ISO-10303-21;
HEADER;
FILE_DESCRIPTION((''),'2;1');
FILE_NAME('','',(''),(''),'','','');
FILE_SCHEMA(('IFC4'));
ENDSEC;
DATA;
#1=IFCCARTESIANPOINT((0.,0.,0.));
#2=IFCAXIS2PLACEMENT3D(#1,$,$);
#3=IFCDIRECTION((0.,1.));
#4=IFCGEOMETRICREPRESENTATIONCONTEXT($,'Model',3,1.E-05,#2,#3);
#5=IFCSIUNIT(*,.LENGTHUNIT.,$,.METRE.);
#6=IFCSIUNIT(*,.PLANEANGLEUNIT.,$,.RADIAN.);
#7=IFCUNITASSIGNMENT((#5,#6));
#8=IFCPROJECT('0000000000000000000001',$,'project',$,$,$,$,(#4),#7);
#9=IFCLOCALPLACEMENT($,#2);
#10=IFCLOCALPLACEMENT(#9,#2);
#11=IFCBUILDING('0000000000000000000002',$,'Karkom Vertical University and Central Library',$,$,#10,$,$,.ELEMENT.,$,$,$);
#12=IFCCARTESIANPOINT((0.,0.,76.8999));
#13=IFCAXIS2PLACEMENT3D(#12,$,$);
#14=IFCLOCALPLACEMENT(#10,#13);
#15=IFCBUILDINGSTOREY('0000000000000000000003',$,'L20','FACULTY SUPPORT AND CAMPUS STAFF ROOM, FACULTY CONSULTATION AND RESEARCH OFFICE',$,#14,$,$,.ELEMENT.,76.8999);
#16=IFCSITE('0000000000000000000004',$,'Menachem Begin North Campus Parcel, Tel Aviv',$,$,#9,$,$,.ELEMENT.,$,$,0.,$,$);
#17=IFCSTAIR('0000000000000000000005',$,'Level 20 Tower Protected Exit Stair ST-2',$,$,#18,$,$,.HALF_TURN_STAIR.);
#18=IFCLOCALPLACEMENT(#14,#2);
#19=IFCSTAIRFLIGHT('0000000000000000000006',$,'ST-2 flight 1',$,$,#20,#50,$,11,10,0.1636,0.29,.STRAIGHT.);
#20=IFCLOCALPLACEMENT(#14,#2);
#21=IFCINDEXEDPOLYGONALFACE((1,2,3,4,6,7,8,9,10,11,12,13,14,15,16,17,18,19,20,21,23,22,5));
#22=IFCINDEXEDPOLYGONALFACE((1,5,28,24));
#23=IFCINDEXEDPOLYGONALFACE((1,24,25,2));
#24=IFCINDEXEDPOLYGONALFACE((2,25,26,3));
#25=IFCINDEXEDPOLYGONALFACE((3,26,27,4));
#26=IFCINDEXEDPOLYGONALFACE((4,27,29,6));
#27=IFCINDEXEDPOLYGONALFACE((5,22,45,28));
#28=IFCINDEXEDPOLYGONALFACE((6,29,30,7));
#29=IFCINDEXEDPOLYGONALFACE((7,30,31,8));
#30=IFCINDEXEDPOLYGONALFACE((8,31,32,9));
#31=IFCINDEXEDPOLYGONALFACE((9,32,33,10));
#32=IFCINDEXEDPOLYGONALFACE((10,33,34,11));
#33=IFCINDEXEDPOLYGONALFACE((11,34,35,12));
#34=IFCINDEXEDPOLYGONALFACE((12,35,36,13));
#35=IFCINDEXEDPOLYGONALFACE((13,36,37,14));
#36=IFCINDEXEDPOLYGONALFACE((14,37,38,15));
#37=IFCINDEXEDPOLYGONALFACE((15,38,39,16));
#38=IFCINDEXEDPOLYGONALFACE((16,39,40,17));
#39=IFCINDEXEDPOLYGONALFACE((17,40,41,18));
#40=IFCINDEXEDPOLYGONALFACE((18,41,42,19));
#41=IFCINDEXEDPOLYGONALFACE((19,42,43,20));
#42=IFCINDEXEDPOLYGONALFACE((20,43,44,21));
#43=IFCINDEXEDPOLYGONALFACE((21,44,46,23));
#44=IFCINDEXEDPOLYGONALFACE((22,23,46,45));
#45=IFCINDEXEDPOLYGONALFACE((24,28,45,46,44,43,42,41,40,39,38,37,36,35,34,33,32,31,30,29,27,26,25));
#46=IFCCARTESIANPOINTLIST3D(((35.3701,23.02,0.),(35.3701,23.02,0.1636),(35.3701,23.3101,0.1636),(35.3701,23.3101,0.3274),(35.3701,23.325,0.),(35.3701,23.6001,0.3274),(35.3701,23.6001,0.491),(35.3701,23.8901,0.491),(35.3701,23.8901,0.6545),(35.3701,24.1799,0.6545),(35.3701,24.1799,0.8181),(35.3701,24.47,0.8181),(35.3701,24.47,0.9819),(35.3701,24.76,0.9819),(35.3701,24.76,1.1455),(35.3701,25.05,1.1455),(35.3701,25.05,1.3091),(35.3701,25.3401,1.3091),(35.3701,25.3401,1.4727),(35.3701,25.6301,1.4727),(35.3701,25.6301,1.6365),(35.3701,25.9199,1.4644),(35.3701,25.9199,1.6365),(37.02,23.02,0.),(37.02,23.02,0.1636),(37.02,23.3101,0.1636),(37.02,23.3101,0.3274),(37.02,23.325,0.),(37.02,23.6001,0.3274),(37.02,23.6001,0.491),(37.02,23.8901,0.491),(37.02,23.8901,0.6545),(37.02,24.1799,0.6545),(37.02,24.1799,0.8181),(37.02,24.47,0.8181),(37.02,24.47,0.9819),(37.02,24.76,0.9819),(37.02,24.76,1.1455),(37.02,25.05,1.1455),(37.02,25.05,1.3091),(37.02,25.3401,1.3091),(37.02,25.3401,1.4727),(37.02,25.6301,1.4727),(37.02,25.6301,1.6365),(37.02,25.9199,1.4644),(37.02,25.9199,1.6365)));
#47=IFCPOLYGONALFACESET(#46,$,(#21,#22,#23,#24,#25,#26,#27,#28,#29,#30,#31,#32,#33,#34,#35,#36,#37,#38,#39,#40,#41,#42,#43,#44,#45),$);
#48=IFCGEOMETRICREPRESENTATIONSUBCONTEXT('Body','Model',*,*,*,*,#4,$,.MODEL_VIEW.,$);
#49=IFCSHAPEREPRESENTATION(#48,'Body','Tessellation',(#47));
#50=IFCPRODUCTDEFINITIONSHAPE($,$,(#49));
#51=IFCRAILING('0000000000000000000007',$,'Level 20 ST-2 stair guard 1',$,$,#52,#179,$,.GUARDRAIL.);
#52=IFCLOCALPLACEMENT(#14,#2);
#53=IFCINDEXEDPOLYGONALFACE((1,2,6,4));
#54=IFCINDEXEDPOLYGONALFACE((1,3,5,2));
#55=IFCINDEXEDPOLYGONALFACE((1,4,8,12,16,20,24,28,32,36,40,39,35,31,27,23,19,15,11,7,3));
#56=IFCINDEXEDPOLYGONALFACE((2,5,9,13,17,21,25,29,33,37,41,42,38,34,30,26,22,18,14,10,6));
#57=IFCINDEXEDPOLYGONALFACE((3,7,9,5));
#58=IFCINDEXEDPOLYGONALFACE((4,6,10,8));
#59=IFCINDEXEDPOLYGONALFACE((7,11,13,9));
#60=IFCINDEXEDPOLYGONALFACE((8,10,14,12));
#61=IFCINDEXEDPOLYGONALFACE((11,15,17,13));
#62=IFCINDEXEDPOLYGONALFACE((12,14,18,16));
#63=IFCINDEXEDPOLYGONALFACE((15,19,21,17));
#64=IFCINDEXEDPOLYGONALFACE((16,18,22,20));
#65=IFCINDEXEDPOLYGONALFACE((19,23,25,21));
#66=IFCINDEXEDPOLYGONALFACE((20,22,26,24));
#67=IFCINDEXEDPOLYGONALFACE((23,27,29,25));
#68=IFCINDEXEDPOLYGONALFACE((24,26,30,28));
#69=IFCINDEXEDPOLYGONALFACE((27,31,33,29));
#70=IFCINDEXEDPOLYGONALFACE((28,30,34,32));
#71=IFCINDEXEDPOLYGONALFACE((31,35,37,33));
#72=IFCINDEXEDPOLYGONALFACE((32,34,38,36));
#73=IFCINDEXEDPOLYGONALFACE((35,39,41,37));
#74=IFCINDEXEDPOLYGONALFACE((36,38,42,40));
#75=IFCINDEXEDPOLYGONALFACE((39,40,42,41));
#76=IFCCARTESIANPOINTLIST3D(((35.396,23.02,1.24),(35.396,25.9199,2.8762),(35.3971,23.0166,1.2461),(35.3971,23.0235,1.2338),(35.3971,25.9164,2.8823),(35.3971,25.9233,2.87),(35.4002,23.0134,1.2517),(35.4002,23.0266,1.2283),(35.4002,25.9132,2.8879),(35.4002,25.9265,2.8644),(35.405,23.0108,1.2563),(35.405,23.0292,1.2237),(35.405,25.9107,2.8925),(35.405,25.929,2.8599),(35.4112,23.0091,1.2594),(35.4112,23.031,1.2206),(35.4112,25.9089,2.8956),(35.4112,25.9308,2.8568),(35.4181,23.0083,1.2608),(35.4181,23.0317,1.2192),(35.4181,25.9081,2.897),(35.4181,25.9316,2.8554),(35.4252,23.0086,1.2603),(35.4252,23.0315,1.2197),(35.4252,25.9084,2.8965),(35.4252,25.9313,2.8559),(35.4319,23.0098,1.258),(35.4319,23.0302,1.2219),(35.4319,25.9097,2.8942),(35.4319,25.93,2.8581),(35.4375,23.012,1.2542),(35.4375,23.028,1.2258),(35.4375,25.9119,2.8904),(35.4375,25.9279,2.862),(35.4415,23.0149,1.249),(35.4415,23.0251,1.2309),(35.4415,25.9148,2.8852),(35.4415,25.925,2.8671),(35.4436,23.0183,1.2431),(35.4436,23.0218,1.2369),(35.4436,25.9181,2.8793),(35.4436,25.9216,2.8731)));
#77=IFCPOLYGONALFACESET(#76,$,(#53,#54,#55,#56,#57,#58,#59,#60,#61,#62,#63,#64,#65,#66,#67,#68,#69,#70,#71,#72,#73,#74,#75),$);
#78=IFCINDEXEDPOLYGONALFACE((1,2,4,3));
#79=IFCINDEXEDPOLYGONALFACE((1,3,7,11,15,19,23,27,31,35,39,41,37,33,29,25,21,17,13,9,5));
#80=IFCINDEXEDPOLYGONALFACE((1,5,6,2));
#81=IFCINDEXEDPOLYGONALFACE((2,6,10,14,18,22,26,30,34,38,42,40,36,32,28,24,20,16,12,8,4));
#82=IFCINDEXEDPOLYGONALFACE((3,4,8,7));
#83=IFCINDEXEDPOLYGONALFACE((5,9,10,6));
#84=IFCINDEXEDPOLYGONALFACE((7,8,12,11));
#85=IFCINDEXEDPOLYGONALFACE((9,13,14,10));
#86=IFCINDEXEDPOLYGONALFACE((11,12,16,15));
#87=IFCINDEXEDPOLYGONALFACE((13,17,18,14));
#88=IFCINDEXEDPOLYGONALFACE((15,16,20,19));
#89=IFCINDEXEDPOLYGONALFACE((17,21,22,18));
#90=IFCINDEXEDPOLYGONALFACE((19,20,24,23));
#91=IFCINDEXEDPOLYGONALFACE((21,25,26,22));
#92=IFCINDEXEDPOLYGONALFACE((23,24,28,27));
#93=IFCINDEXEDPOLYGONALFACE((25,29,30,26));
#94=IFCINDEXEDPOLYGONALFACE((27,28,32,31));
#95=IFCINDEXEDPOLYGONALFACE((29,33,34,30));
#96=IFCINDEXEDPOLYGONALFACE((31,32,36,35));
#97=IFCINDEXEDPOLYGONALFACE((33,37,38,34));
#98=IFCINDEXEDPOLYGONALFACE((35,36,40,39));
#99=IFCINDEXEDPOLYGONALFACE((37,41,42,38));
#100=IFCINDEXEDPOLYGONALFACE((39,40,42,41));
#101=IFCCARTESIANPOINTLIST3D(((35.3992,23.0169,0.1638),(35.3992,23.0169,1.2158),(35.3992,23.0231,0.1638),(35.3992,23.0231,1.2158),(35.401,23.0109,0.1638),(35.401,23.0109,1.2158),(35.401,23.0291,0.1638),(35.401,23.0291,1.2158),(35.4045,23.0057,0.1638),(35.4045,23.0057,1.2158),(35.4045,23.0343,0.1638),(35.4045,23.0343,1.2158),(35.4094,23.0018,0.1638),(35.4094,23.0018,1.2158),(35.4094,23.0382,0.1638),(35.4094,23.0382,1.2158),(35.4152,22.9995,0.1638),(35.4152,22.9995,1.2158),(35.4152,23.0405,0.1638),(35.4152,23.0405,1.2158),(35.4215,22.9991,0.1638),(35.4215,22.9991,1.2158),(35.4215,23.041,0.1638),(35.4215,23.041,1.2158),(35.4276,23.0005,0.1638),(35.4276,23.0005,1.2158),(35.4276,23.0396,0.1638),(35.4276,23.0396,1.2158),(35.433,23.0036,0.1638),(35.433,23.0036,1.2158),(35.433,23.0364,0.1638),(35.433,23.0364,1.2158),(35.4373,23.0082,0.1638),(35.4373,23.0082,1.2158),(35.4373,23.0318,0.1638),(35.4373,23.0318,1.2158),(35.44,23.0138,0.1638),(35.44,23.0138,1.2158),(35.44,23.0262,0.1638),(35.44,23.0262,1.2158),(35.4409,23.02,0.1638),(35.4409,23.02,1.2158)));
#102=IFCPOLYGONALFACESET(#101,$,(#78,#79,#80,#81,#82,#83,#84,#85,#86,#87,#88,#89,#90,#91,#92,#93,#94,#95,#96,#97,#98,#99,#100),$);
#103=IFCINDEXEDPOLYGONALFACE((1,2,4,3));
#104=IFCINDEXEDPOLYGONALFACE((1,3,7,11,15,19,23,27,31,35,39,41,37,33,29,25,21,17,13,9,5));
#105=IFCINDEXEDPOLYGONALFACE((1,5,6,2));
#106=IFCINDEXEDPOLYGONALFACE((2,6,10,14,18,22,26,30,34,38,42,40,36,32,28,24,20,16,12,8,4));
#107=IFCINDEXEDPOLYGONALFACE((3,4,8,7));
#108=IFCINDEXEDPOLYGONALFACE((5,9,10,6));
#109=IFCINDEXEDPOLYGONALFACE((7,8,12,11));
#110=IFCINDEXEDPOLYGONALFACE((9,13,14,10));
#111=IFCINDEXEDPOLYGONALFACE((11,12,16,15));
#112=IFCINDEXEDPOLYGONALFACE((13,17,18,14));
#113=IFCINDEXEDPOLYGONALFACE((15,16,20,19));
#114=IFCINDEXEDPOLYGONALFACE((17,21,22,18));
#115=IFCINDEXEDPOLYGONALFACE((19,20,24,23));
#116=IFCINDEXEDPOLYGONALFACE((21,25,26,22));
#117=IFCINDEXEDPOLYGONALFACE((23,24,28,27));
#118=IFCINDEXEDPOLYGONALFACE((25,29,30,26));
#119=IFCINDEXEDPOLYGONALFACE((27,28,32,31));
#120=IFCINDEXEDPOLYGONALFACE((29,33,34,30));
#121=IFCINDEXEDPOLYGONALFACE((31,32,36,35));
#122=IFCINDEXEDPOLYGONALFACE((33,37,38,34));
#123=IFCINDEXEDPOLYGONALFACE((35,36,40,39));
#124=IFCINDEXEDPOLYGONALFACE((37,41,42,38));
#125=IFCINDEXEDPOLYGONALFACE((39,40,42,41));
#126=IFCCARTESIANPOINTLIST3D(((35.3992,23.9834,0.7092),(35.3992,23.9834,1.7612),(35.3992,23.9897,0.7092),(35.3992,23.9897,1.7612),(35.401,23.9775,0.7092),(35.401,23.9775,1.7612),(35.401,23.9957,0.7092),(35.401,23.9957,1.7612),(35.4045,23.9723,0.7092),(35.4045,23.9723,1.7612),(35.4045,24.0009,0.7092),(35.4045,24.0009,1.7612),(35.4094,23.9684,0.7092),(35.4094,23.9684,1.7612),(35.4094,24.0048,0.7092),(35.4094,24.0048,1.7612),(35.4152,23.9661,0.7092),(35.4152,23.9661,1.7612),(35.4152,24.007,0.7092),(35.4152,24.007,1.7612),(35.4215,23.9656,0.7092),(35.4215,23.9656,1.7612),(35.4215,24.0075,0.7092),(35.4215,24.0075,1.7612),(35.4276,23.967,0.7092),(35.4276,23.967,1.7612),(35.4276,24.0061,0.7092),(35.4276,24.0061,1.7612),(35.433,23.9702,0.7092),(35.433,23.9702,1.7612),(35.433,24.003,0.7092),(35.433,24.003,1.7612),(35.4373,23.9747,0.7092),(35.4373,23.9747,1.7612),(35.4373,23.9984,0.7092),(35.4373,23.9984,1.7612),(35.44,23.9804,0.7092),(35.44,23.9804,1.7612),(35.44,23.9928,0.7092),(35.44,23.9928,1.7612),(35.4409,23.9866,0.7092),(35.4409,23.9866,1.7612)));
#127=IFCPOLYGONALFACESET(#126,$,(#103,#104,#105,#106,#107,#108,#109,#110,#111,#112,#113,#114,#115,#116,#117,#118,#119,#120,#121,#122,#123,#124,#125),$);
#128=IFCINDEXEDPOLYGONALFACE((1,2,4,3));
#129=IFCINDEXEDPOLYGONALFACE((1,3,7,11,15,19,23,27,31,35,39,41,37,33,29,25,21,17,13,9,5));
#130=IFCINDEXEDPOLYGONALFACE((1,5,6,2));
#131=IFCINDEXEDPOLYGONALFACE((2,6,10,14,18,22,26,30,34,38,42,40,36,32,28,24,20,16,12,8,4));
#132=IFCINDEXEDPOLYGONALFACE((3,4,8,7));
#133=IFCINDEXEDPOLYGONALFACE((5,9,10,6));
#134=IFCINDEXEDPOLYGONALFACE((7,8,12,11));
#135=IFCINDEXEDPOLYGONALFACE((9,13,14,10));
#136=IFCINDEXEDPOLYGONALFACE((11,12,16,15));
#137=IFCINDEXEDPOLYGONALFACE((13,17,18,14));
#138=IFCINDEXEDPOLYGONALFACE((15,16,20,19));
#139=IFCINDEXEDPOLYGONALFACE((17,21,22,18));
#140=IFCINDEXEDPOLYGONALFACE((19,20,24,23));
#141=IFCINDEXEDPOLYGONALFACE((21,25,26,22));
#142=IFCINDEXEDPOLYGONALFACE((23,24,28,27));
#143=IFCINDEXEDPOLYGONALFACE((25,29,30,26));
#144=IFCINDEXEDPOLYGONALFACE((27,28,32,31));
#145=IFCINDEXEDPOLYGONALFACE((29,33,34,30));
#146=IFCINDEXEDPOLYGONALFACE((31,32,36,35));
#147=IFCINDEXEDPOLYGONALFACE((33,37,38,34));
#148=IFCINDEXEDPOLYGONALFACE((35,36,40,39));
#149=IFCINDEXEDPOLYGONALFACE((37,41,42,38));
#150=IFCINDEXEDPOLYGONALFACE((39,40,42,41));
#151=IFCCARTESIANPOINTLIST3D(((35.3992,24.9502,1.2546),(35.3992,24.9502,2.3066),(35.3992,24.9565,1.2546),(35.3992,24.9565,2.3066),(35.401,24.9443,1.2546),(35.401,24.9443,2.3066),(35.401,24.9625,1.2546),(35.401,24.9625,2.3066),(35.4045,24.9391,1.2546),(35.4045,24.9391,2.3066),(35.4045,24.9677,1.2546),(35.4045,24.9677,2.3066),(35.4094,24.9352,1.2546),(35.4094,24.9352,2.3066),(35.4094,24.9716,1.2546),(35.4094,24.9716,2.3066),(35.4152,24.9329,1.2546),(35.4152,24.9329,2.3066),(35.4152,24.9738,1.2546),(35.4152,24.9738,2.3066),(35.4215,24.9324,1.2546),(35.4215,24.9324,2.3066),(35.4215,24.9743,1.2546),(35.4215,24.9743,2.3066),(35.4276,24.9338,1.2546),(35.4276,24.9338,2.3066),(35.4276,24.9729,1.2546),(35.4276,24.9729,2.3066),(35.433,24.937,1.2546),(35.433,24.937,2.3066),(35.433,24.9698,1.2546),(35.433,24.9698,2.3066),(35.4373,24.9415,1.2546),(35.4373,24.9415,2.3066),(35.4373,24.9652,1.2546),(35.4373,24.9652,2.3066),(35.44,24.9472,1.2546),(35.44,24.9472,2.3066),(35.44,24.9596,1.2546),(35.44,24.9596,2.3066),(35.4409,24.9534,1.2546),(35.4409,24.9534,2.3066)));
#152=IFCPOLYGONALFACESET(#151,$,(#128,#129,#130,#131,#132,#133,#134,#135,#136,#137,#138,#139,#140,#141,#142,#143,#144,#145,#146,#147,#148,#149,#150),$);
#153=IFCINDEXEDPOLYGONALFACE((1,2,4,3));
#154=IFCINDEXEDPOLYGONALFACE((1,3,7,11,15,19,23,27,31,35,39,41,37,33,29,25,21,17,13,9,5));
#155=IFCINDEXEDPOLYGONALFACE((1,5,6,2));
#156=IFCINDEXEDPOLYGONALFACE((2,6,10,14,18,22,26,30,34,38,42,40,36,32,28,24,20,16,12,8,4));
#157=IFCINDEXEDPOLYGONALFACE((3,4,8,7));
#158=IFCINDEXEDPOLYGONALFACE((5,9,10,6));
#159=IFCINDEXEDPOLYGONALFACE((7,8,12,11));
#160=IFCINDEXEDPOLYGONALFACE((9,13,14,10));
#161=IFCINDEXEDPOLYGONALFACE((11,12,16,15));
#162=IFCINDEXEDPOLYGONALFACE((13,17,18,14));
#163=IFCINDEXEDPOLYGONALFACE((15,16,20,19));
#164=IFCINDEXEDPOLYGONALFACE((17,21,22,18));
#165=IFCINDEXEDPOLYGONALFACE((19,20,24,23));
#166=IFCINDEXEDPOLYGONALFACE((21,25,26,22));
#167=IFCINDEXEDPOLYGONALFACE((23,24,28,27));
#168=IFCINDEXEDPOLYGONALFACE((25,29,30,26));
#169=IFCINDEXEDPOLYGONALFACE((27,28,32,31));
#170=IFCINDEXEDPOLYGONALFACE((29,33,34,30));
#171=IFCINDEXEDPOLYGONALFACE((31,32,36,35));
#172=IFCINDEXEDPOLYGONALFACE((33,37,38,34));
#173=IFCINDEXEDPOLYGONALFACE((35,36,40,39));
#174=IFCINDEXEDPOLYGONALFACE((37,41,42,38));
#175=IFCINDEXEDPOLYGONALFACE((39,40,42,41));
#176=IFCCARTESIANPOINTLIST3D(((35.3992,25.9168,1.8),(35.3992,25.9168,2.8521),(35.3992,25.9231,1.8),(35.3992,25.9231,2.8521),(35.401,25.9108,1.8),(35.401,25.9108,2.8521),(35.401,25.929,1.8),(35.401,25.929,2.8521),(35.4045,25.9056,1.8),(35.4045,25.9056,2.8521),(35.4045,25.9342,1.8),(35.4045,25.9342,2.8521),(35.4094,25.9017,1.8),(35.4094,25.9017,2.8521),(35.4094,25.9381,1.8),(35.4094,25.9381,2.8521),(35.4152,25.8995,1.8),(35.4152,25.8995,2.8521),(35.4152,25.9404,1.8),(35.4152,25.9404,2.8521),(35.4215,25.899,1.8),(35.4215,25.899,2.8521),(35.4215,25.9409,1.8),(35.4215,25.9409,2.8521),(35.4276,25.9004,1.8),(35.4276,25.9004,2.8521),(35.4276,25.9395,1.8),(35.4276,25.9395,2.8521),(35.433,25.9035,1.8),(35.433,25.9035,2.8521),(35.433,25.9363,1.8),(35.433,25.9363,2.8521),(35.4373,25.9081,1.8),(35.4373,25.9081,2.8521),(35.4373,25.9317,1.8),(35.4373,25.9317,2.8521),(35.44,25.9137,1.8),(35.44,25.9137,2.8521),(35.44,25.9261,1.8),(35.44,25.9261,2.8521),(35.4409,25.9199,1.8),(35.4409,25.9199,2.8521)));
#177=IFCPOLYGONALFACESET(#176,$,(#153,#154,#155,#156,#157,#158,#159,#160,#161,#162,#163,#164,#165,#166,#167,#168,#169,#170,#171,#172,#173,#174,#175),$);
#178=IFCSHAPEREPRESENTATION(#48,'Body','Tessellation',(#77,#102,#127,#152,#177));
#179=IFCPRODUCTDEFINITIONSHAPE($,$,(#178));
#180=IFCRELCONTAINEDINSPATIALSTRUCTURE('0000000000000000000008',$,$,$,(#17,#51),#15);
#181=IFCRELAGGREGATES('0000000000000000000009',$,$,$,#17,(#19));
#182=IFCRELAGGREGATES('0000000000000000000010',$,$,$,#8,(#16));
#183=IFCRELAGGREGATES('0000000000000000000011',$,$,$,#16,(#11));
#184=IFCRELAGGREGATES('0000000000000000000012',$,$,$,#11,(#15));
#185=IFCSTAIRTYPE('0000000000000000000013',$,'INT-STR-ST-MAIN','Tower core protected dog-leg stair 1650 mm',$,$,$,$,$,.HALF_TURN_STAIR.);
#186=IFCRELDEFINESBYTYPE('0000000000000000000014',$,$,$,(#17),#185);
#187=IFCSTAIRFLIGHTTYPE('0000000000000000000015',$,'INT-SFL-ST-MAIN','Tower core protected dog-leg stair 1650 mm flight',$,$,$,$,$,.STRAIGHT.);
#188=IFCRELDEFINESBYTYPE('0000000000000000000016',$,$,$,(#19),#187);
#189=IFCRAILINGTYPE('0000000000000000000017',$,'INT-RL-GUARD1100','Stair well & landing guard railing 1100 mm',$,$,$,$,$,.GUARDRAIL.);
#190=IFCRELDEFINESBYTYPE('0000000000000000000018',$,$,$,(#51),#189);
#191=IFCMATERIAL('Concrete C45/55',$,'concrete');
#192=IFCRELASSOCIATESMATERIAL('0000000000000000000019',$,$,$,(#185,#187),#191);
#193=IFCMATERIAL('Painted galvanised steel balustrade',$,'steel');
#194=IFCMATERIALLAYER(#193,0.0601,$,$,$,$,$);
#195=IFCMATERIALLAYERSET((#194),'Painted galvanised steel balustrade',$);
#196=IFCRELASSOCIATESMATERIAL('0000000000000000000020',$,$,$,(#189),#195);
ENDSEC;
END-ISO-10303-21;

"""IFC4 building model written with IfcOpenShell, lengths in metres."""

from ifc_helpers import new_model, si_unit, direction, frame, origin, origin_2d, place, context, subcontext, project, spatial, polyline, circle, outline, extrude, material, layer, layer_set, type_object, element, aggregate, save


model = new_model("IFC4")

# Units and contexts
model_context = context("Model", 3, precision=1e-05, world=origin(), true_north=direction((0.0, 1.0)))
body_context = subcontext(model_context, "Body", "Model", "MODEL_VIEW")
ifc_project = project(units=[si_unit("LENGTHUNIT", "METRE"), si_unit("PLANEANGLEUNIT", "RADIAN")], contexts=[model_context])

# Site, building, storey
site_placement = place(None, origin())
site = spatial("IfcSite", under=ifc_project, at=site_placement, Name="Menachem Begin North Campus Parcel, Tel Aviv", CompositionType="ELEMENT", RefElevation=0.0)
building_placement = place(site_placement, origin())
building = spatial("IfcBuilding", under=site, at=building_placement, Name="Karkom Vertical University and Central Library", CompositionType="ELEMENT")
storey_placement = place(building_placement, frame((0.0, 0.0, 76.8999)))
storey = spatial("IfcBuildingStorey", under=building, at=storey_placement, Name="L20", Description="FACULTY SUPPORT AND CAMPUS STAFF ROOM, FACULTY CONSULTATION AND RESEARCH OFFICE", CompositionType="ELEMENT", Elevation=76.8999)

# Shared definitions
ifc_material_1 = material(Name="Concrete C45/55", Category="concrete")

# Stair, stair flight
stair_type = type_object("IfcStairType", Name="INT-STR-ST-MAIN", Description="Tower core protected dog-leg stair 1650 mm", PredefinedType="HALF_TURN_STAIR", material=ifc_material_1)
stair_placement = place(storey_placement, origin())
stair = element("IfcStair", 1, at=stair_placement, inside=storey, type_object=stair_type, Name="Level 20 Tower Protected Exit Stair ST-2", PredefinedType="HALF_TURN_STAIR")
stair_flight_type = type_object("IfcStairFlightType", Name="INT-SFL-ST-MAIN", Description="Tower core protected dog-leg stair 1650 mm flight", PredefinedType="STRAIGHT", material=ifc_material_1)
stair_flight_placement = place(storey_placement, frame((36.1951, 23.02, 0.0), z_axis=(0.0, 0.0, 1.0), x_axis=(0.0, 1.0, 0.0)))
stair_flight = element("IfcStairFlight", 2, at=stair_flight_placement, type_object=stair_flight_type, Name="ST-2 flight 1", NumberOfRisers=11, NumberOfTreads=10, PredefinedType="STRAIGHT", RiserHeight=0.1636, TreadLength=0.29, context=body_context, shape_type="SweptSolid", body=[
    extrude(outline(polyline([(0.0, 0.0), (0.0, 0.1636), (0.29, 0.1636), (0.29, 0.3274), (0.5801, 0.3274), (0.5801, 0.491), (0.8701, 0.491), (0.8701, 0.6545), (1.1599, 0.6545), (1.1599, 0.8181), (1.45, 0.8181), (1.45, 0.9819), (1.74, 0.9819), (1.74, 1.1455), (2.03, 1.1455), (2.03, 1.3091), (2.3201, 1.3091), (2.3201, 1.4727), (2.6101, 1.4727), (2.6101, 1.6365), (2.8999, 1.6365), (2.8999, 1.8), (2.8999, 1.4644), (0.3049, 0.0), (0.0, 0.0)])), frame((0.0, 0.825, 0.0), z_axis=(0.0, -1.0, 0.0), x_axis=(1.0, 0.0, 0.0)), (0.0, 0.0, 1.0), 1.6499),
])
aggregate(stair, [stair_flight])

# Railing
ifc_material_2 = material(Name="Painted galvanised steel balustrade", Category="steel")
ifc_layer_1 = layer(ifc_material_2, 0.0601)
ifc_layer_set_1 = layer_set([ifc_layer_1], Name="Painted galvanised steel balustrade")
railing_type_1 = type_object("IfcRailingType", Name="INT-RL-GUARD1100", Description="Stair well & landing guard railing 1100 mm", PredefinedType="GUARDRAIL", material=ifc_layer_set_1)
railing_1_placement = place(storey_placement, frame((35.4199, 23.02, 0.1638)))
element("IfcRailing", 3, at=railing_1_placement, inside=storey, type_object=railing_type_1, Name="Level 20 ST-2 stair guard 1", PredefinedType="GUARDRAIL", context=body_context, shape_type="SweptSolid", body=[
    extrude(circle(Radius=0.0239, at=origin_2d()), frame((0.0, 0.0, 1.0762), z_axis=(0.0, 0.870929, 0.49141), x_axis=(-1.0, 0.0, 0.0)), (0.0, 0.0, 1.0), 3.3296),
    extrude(circle(Radius=0.021, at=origin_2d()), origin(), (0.0, 0.0, 1.0), 1.052),
    extrude(circle(Radius=0.021, at=origin_2d()), frame((0.0, 0.9666, 0.5454)), (0.0, 0.0, 1.0), 1.052),
    extrude(circle(Radius=0.021, at=origin_2d()), frame((0.0, 1.9333, 1.0908)), (0.0, 0.0, 1.0), 1.052),
    extrude(circle(Radius=0.021, at=origin_2d()), frame((0.0, 2.8999, 1.6362)), (0.0, 0.0, 1.0), 1.052),
])

save(model, "model.ifc")
